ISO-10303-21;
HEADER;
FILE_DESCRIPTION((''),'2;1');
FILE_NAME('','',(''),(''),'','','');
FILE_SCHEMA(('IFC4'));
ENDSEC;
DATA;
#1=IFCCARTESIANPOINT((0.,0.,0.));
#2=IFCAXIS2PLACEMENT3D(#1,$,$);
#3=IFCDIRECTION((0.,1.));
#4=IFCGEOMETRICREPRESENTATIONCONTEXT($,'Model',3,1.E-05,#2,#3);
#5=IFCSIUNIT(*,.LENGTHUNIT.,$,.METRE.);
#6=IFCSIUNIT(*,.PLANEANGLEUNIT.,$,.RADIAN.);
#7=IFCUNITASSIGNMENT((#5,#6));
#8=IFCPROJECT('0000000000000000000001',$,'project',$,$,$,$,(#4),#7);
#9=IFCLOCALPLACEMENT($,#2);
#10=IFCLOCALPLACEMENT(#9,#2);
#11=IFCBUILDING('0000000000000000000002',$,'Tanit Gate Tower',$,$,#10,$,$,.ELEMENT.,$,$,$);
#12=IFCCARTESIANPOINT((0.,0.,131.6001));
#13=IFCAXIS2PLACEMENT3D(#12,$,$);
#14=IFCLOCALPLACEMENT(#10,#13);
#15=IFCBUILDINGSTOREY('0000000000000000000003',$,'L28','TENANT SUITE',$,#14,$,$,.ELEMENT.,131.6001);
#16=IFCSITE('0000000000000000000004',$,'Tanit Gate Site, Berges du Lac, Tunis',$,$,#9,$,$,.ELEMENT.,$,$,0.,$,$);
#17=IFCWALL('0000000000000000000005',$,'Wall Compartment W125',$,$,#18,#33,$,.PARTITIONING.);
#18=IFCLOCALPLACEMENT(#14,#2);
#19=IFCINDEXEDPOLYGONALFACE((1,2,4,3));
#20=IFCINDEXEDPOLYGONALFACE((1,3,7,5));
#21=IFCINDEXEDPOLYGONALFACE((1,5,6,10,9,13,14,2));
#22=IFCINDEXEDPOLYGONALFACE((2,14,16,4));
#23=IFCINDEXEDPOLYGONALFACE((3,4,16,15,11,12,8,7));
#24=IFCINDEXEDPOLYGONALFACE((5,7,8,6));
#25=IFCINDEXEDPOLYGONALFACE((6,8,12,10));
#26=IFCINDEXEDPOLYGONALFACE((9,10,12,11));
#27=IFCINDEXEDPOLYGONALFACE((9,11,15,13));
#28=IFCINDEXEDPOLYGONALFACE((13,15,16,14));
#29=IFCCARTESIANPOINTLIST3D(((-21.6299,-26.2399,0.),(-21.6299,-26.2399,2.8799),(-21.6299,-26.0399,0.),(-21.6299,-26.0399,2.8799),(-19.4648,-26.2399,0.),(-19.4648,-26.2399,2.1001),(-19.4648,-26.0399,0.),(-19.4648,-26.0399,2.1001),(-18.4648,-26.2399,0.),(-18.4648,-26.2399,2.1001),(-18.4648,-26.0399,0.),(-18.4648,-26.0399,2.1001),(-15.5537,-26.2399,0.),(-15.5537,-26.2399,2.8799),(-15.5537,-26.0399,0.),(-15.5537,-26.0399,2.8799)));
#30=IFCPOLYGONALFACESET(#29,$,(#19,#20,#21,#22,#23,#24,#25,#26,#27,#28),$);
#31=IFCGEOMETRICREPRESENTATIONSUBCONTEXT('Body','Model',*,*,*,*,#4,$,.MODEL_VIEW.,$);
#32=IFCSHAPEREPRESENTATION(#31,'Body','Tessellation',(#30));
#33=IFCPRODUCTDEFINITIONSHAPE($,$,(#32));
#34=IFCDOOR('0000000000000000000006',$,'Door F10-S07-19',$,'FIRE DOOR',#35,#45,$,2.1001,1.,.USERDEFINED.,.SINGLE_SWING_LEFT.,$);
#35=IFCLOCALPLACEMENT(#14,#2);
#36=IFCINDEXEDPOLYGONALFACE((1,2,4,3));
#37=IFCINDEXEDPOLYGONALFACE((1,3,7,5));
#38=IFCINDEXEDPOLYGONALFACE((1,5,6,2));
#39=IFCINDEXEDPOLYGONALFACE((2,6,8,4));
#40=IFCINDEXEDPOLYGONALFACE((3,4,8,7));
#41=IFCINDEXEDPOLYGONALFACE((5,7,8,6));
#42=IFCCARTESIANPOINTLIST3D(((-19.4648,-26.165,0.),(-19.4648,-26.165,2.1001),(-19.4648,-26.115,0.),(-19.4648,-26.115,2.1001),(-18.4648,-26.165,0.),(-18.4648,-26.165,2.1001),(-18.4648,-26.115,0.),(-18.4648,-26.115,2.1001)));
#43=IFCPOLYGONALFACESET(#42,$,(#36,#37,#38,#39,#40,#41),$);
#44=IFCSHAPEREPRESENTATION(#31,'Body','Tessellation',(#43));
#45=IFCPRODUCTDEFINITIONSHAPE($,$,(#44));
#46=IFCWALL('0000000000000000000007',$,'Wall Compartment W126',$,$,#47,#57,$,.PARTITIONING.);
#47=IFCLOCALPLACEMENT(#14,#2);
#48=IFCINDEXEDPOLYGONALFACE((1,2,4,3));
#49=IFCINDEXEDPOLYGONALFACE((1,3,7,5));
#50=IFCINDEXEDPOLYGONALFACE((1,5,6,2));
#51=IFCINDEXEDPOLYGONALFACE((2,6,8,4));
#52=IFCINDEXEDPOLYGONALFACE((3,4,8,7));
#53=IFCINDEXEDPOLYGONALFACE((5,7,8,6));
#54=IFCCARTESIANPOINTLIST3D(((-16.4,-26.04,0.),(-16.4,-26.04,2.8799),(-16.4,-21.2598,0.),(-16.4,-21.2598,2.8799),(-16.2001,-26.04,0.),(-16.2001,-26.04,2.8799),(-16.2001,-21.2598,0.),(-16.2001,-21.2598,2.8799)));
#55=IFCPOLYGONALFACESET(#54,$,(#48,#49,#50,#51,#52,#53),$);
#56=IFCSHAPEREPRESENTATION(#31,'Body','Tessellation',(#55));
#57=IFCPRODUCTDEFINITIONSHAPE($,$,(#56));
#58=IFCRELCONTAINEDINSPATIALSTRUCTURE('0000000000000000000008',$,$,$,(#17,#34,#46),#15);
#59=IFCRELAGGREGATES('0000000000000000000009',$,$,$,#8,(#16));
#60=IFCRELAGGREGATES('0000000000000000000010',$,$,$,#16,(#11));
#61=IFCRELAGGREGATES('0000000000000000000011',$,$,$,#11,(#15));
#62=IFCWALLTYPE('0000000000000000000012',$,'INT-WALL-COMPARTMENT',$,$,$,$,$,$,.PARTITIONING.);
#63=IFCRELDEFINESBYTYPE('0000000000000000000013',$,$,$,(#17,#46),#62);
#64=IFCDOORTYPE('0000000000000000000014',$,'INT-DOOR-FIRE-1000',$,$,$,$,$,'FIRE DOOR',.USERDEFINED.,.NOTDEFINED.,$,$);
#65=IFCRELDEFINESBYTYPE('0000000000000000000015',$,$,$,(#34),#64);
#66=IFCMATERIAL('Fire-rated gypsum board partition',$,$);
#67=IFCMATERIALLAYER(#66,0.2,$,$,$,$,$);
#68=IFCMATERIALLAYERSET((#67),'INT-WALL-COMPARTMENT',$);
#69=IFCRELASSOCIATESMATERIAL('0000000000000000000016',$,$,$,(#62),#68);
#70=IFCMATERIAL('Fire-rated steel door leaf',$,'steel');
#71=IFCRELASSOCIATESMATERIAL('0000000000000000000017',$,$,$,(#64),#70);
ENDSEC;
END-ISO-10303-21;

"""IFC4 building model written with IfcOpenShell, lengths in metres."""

from ifc_helpers import new_model, si_unit, direction, frame, frame_2d, origin, place, context, subcontext, project, spatial, rectangle, extrude, material, layer, layer_set, type_object, element, fill, save


model = new_model("IFC4")

# Units and contexts
model_context = context("Model", 3, precision=1e-05, world=origin(), true_north=direction((0.0, 1.0)))
body_context = subcontext(model_context, "Body", "Model", "MODEL_VIEW")
ifc_project = project(units=[si_unit("LENGTHUNIT", "METRE"), si_unit("PLANEANGLEUNIT", "RADIAN")], contexts=[model_context])

# Site, building, storey
site_placement = place(None, origin())
site = spatial("IfcSite", under=ifc_project, at=site_placement, Name="Tanit Gate Site, Berges du Lac, Tunis", CompositionType="ELEMENT", RefElevation=0.0)
building_placement = place(site_placement, origin())
building = spatial("IfcBuilding", under=site, at=building_placement, Name="Tanit Gate Tower", CompositionType="ELEMENT")
storey_placement = place(building_placement, frame((0.0, 0.0, 131.6001)))
storey = spatial("IfcBuildingStorey", under=building, at=storey_placement, Name="L28", Description="TENANT SUITE", CompositionType="ELEMENT", Elevation=131.6001)

# Shared definitions
ifc_material_1 = material(Name="Fire-rated gypsum board partition")
ifc_layer_1 = layer(ifc_material_1, 0.2)
ifc_layer_set_1 = layer_set([ifc_layer_1], Name="INT-WALL-COMPARTMENT")
wall_type_1 = type_object("IfcWallType", Name="INT-WALL-COMPARTMENT", PredefinedType="PARTITIONING", material=ifc_layer_set_1)

# Wall, opening, door
wall_1_placement = place(storey_placement, frame((-21.6299, -26.1399, 0.0), z_axis=(0.0, 0.0, 1.0), x_axis=(1.0, 0.0, 0.0)))
wall_1 = element("IfcWall", 1, at=wall_1_placement, inside=storey, type_object=wall_type_1, Name="Wall Compartment W125", PredefinedType="PARTITIONING", context=body_context, shape_type="SweptSolid", body=[
    extrude(rectangle(XDim=6.0762, YDim=0.2, at=frame_2d((3.0381, 0.0))), origin(), (0.0, 0.0, 1.0), 2.8799),
])
opening_placement = place(wall_1_placement, frame((2.165, 0.0, 0.0)))
opening = element("IfcOpeningElement", 2, at=opening_placement, cuts=wall_1, PredefinedType="OPENING", context=body_context, shape_type="SweptSolid", body=[
    extrude(rectangle(XDim=1.0, YDim=2.1001, at=frame_2d((0.5, 1.05))), frame((0.0, 0.1099, 0.0), z_axis=(0.0, -1.0, 0.0), x_axis=(1.0, 0.0, 0.0)), (0.0, 0.0, 1.0), 0.22),
])
ifc_material_2 = material(Name="Fire-rated steel door leaf", Category="steel")
door_type = type_object("IfcDoorType", Name="INT-DOOR-FIRE-1000", ElementType="FIRE DOOR", OperationType="NOTDEFINED", PredefinedType="USERDEFINED", material=ifc_material_2)
door_placement = place(opening_placement, origin())
door = element("IfcDoor", 3, at=door_placement, inside=storey, type_object=door_type, Name="Door F10-S07-19", ObjectType="FIRE DOOR", OperationType="SINGLE_SWING_LEFT", OverallHeight=2.1001, OverallWidth=1.0, PredefinedType="USERDEFINED", context=body_context, shape_type="SweptSolid", body=[
    extrude(rectangle(XDim=1.0, YDim=2.1001, at=frame_2d((0.5, 1.05))), frame((0.0, 0.0249, 0.0), z_axis=(0.0, -1.0, 0.0), x_axis=(1.0, 0.0, 0.0)), (0.0, 0.0, 1.0), 0.05),
])
fill(opening, door)

# Wall
wall_2_placement = place(storey_placement, frame((-16.3, -26.04, 0.0), z_axis=(0.0, 0.0, 1.0), x_axis=(0.0, 1.0, 0.0)))
element("IfcWall", 4, at=wall_2_placement, inside=storey, type_object=wall_type_1, Name="Wall Compartment W126", PredefinedType="PARTITIONING", context=body_context, shape_type="SweptSolid", body=[
    extrude(rectangle(XDim=4.7803, YDim=0.2, at=frame_2d((2.3901, 0.0))), origin(), (0.0, 0.0, 1.0), 2.8799),
])

save(model, "model.ifc")
